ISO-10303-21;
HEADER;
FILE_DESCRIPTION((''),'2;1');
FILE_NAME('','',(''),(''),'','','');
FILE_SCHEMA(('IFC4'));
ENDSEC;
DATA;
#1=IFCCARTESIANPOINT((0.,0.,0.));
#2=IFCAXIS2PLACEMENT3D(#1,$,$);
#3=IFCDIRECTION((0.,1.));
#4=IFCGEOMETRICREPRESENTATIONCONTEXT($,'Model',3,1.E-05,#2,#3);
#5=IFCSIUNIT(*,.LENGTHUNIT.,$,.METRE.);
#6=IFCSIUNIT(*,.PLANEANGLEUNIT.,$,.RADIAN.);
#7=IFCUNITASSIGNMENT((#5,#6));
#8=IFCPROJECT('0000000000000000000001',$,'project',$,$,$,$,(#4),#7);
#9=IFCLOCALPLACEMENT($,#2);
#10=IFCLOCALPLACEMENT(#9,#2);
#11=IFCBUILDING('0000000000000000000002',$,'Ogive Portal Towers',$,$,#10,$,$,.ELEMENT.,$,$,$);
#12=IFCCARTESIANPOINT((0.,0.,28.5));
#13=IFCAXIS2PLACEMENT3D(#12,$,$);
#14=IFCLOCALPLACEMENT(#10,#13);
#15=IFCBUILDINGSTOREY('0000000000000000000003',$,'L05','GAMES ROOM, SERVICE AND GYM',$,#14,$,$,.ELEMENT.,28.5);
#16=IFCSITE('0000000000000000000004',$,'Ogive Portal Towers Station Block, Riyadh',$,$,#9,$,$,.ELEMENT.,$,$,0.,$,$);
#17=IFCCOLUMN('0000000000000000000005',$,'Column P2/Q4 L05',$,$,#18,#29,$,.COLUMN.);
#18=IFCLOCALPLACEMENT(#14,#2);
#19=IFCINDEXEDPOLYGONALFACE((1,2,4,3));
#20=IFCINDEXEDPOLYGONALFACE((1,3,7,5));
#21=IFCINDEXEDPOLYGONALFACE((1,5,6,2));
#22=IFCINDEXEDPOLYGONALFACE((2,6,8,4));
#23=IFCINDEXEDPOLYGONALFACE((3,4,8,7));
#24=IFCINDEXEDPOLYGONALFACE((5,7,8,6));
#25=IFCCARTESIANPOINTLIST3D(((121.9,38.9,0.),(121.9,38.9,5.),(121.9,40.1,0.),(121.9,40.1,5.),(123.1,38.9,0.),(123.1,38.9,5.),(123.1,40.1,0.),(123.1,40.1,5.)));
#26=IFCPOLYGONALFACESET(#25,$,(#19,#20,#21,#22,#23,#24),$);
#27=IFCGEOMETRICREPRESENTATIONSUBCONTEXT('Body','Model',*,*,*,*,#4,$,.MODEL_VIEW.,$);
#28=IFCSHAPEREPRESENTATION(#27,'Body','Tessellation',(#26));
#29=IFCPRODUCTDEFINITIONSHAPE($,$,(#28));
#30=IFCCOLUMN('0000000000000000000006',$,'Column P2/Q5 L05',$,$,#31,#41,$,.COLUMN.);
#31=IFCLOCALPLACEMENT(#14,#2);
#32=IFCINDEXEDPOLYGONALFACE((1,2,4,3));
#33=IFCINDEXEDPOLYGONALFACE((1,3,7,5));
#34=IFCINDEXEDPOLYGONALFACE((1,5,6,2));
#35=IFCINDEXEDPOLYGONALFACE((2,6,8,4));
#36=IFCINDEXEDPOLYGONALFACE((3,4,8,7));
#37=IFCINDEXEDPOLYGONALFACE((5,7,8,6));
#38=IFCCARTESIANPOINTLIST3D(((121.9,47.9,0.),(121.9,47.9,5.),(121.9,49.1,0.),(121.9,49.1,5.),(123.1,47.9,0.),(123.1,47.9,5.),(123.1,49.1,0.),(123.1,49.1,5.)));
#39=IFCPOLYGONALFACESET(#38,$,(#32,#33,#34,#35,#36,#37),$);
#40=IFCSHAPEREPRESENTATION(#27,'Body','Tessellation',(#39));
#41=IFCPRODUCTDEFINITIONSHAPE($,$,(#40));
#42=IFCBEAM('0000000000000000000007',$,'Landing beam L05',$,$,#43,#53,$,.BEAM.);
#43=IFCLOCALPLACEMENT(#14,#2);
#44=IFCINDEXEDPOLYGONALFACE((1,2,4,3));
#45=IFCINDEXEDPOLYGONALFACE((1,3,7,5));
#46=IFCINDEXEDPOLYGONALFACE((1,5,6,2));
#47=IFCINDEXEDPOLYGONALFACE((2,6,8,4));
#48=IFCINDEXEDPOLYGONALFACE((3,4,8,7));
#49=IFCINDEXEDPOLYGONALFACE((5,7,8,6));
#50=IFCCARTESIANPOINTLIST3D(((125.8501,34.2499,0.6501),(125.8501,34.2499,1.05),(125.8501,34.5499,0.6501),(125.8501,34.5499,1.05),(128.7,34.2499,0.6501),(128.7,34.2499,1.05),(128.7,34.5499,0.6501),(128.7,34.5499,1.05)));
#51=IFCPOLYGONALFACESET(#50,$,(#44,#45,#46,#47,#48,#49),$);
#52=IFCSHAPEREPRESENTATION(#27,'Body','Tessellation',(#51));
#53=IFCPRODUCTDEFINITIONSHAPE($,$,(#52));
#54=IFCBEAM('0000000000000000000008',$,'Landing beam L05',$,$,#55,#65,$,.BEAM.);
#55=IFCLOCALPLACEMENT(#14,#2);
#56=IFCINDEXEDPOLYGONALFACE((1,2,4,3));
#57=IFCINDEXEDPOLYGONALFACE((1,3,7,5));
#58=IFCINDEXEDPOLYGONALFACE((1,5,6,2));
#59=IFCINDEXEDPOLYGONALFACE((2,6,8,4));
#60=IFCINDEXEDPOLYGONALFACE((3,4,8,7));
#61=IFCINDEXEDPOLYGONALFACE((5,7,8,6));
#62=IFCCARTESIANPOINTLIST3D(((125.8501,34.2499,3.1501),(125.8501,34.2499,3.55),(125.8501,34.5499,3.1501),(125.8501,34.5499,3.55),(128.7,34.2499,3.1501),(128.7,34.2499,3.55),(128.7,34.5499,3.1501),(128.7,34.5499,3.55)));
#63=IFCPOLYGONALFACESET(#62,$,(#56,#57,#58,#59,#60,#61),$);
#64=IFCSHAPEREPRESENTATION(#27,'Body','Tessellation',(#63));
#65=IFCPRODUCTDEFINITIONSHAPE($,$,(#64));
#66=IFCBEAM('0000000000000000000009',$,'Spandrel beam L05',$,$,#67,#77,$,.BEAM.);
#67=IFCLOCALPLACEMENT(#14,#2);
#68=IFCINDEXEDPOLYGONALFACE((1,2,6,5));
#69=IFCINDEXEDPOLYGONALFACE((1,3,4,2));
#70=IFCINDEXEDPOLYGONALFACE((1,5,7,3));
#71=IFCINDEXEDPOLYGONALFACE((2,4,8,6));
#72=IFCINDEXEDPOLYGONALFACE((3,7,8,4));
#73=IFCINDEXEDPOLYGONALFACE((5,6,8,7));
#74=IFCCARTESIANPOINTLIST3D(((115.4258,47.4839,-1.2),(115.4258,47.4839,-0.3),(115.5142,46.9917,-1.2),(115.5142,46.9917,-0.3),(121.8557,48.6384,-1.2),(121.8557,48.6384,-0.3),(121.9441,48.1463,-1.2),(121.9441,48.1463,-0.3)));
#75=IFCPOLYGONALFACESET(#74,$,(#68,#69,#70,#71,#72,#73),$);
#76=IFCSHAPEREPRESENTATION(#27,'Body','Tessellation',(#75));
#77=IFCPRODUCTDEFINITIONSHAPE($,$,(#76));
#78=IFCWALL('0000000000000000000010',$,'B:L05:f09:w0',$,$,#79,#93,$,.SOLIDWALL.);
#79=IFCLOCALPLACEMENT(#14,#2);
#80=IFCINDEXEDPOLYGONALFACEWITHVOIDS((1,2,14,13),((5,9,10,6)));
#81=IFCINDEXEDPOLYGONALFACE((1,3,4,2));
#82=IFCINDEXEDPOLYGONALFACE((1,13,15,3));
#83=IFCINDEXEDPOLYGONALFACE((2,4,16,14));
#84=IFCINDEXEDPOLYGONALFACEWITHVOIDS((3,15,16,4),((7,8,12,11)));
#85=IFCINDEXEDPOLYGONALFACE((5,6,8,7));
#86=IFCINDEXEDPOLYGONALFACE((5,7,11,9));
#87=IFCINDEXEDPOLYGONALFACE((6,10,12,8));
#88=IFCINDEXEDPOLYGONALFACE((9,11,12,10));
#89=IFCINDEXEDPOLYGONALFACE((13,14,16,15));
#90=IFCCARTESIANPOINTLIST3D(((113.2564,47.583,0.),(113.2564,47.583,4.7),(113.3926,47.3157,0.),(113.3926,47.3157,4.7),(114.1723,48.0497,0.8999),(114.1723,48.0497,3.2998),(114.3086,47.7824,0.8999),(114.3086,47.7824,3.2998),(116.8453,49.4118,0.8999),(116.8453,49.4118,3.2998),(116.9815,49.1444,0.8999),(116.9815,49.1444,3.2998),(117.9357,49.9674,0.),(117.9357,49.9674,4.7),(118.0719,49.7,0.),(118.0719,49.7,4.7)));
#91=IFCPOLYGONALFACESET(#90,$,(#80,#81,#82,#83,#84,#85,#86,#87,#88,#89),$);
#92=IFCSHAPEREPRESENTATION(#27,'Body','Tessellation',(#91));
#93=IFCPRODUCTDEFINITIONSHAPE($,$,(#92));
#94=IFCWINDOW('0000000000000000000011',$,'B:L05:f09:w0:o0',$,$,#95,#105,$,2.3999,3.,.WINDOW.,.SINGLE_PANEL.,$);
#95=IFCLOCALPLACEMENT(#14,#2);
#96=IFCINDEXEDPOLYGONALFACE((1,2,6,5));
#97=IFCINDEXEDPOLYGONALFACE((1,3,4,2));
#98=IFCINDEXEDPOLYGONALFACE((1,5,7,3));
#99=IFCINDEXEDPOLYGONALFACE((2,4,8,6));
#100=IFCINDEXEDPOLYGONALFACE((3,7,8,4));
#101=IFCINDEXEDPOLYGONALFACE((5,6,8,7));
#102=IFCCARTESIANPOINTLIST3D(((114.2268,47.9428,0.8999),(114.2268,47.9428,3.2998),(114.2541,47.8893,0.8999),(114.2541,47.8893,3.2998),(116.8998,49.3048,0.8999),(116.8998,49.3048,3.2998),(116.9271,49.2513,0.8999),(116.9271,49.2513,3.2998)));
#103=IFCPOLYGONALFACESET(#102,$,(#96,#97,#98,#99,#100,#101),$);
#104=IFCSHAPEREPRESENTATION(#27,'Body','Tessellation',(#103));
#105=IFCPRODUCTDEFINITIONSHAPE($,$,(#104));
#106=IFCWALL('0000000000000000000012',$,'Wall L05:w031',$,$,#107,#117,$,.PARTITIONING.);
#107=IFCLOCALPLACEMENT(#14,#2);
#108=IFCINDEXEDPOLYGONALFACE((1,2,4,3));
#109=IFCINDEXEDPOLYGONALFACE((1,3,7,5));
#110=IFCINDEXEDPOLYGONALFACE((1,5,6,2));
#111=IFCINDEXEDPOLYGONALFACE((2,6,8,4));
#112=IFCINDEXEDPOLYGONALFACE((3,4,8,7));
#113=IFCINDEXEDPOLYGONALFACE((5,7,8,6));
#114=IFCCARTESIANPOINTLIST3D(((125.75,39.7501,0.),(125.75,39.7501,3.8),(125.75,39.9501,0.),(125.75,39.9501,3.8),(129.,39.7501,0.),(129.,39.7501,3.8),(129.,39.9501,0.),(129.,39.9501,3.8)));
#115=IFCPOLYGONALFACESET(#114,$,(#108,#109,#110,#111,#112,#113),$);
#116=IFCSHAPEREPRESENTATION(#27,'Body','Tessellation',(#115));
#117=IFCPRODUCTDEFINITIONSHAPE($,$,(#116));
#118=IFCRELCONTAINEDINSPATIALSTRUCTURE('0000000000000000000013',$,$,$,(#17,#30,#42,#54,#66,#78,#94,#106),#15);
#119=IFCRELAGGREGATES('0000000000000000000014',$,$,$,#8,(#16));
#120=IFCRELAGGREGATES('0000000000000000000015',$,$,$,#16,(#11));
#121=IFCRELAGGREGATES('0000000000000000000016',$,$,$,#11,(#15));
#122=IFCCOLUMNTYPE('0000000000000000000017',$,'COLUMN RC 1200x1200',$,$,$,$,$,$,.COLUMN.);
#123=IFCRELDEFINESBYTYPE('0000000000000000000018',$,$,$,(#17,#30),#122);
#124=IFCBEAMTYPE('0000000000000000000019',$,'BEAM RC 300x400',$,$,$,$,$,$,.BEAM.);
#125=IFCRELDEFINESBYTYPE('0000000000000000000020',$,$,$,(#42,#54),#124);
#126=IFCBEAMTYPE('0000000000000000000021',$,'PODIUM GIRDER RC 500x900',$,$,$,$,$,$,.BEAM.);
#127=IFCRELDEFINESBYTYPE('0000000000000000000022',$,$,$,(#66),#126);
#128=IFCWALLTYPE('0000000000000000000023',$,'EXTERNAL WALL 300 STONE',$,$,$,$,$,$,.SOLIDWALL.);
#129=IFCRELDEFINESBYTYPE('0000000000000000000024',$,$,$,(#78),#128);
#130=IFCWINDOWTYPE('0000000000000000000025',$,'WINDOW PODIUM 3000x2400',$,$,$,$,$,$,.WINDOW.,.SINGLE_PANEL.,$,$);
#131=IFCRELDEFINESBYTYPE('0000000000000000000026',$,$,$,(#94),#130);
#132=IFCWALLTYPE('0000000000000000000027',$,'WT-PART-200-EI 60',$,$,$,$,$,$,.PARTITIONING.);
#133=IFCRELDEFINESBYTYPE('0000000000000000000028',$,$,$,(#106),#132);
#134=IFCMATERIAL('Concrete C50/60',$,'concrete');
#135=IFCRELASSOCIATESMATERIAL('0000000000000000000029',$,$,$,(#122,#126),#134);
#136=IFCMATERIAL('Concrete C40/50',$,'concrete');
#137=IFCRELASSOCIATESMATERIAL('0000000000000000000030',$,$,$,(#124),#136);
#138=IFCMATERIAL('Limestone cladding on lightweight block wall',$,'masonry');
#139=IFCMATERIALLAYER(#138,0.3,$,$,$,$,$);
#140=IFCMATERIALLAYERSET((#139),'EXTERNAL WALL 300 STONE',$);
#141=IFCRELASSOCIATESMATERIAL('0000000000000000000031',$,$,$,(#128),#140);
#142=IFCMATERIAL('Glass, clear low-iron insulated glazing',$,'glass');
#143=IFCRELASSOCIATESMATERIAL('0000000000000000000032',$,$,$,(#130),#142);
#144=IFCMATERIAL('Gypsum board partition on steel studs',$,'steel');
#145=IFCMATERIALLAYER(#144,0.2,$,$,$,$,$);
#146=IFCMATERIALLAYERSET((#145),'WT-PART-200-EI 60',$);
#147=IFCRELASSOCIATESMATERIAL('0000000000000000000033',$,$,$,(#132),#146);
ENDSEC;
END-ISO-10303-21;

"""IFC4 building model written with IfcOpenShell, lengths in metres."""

from ifc_helpers import new_model, si_unit, direction, frame, frame_2d, origin, origin_2d, place, context, subcontext, project, spatial, rectangle, extrude, material, layer, layer_set, material_profile, profile_set, type_object, element, fill, save


model = new_model("IFC4")

# Units and contexts
model_context = context("Model", 3, precision=1e-05, world=origin(), true_north=direction((0.0, 1.0)))
body_context = subcontext(model_context, "Body", "Model", "MODEL_VIEW")
ifc_project = project(units=[si_unit("LENGTHUNIT", "METRE"), si_unit("PLANEANGLEUNIT", "RADIAN")], contexts=[model_context])

# Site, building, storey
site_placement = place(None, origin())
site = spatial("IfcSite", under=ifc_project, at=site_placement, Name="Ogive Portal Towers Station Block, Riyadh", CompositionType="ELEMENT", RefElevation=0.0)
building_placement = place(site_placement, origin())
building = spatial("IfcBuilding", under=site, at=building_placement, Name="Ogive Portal Towers", CompositionType="ELEMENT")
storey_placement = place(building_placement, frame((0.0, 0.0, 28.5)))
storey = spatial("IfcBuildingStorey", under=building, at=storey_placement, Name="L05", Description="GAMES ROOM, SERVICE AND GYM", CompositionType="ELEMENT", Elevation=28.5)

# Columns
ifc_material_1 = material(Name="Concrete C50/60", Category="concrete")
ifc_material_profile_1 = material_profile(ifc_material_1, rectangle(XDim=1.2, YDim=1.2, at=origin_2d()), Name="RC 1200x1200")
ifc_profile_set_1 = profile_set([ifc_material_profile_1], Name="Concrete C50/60")
column_type = type_object("IfcColumnType", Name="COLUMN RC 1200x1200", PredefinedType="COLUMN", material=ifc_profile_set_1)
for number, where, z_axis, x_axis, name in (
    (1, (122.5, 39.5, 0.0), (0.0, 0.0, 1.0), (1.0, 0.0, 0.0), "Column P2/Q4 L05"),
    (2, (122.5, 48.5, 0.0), (0.0, 0.0, 1.0), (1.0, 0.0, 0.0), "Column P2/Q5 L05"),
):
    element("IfcColumn", number, at=place(storey_placement, frame(where, z_axis=z_axis, x_axis=x_axis)), inside=storey, type_object=column_type, Name=name, PredefinedType="COLUMN", context=body_context, shape_type="SweptSolid", body=[
        extrude(rectangle(XDim=1.2, YDim=1.2, at=origin_2d()), origin(), (0.0, 0.0, 1.0), 5.0),
    ])

# Beams
ifc_material_2 = material(Name="Concrete C40/50", Category="concrete")
ifc_material_profile_2 = material_profile(ifc_material_2, rectangle(XDim=0.3, YDim=0.3999, at=origin_2d()), Name="RC 300x400")
ifc_profile_set_2 = profile_set([ifc_material_profile_2], Name="Concrete C40/50")
beam_type_1 = type_object("IfcBeamType", Name="BEAM RC 300x400", PredefinedType="BEAM", material=ifc_profile_set_2)
for number, where, z_axis, x_axis, name in (
    (3, (125.8501, 34.3999, 0.8501), (1.0, 0.0, 0.0), (0.0, 1.0, 0.0), "Landing beam L05"),
    (4, (125.8501, 34.3999, 3.3501), (1.0, 0.0, 0.0), (0.0, 1.0, 0.0), "Landing beam L05"),
):
    element("IfcBeam", number, at=place(storey_placement, frame(where, z_axis=z_axis, x_axis=x_axis)), inside=storey, type_object=beam_type_1, Name=name, PredefinedType="BEAM", context=body_context, shape_type="SweptSolid", body=[
        extrude(rectangle(XDim=0.3, YDim=0.3999, at=origin_2d()), origin(), (0.0, 0.0, 1.0), 2.8499),
    ])
ifc_material_profile_3 = material_profile(ifc_material_1, rectangle(XDim=0.5, YDim=0.8999, at=origin_2d()), Name="RC 500x900")
ifc_profile_set_3 = profile_set([ifc_material_profile_3], Name="Concrete C50/60")
beam_type_2 = type_object("IfcBeamType", Name="PODIUM GIRDER RC 500x900", PredefinedType="BEAM", material=ifc_profile_set_3)
beam_placement = place(storey_placement, frame((121.8999, 48.3923, -0.75), z_axis=(-0.984259, -0.176731, 0.0), x_axis=(0.176731, -0.984259, 0.0)))
element("IfcBeam", 5, at=beam_placement, inside=storey, type_object=beam_type_2, Name="Spandrel beam L05", PredefinedType="BEAM", context=body_context, shape_type="SweptSolid", body=[
    extrude(rectangle(XDim=0.5, YDim=0.8999, at=origin_2d()), origin(), (0.0, 0.0, 1.0), 6.5327),
])

# Wall, opening, window
ifc_material_3 = material(Name="Limestone cladding on lightweight block wall", Category="masonry")
ifc_layer_1 = layer(ifc_material_3, 0.3)
ifc_layer_set_1 = layer_set([ifc_layer_1], Name="EXTERNAL WALL 300 STONE")
wall_type_1 = type_object("IfcWallType", Name="EXTERNAL WALL 300 STONE", PredefinedType="SOLIDWALL", material=ifc_layer_set_1)
wall_1_placement = place(storey_placement, frame((118.0039, 49.8337, 0.0), z_axis=(0.0, 0.0, 1.0), x_axis=(-0.890998, -0.454007, 0.0)))
wall_1 = element("IfcWall", 6, at=wall_1_placement, inside=storey, type_object=wall_type_1, Name="B:L05:f09:w0", PredefinedType="SOLIDWALL", context=body_context, shape_type="SweptSolid", body=[
    extrude(rectangle(XDim=5.2517, YDim=0.3, at=frame_2d((2.626, 0.0))), origin(), (0.0, 0.0, 1.0), 4.7),
])
opening_placement = place(wall_1_placement, frame((1.2239, 0.0, 0.8999)))
opening = element("IfcOpeningElement", 7, at=opening_placement, cuts=wall_1, PredefinedType="OPENING", context=body_context, shape_type="SweptSolid", body=[
    extrude(rectangle(XDim=3.0, YDim=2.3999, at=frame_2d((1.5, 1.2))), frame((0.0, 0.1602, 0.0), z_axis=(0.0, -1.0, 0.0), x_axis=(1.0, 0.0, 0.0)), (0.0, 0.0, 1.0), 0.3201),
])
ifc_material_4 = material(Name="Glass, clear low-iron insulated glazing", Category="glass")
window_type = type_object("IfcWindowType", Name="WINDOW PODIUM 3000x2400", PartitioningType="SINGLE_PANEL", PredefinedType="WINDOW", material=ifc_material_4)
window_placement = place(opening_placement, origin())
window = element("IfcWindow", 8, at=window_placement, inside=storey, type_object=window_type, Name="B:L05:f09:w0:o0", OverallHeight=2.3999, OverallWidth=3.0, PartitioningType="SINGLE_PANEL", PredefinedType="WINDOW", context=body_context, shape_type="SweptSolid", body=[
    extrude(rectangle(XDim=3.0, YDim=2.3999, at=frame_2d((1.5, 1.2))), frame((0.0, 0.03, 0.0), z_axis=(0.0, -1.0, 0.0), x_axis=(1.0, 0.0, 0.0)), (0.0, 0.0, 1.0), 0.0601),
])
fill(opening, window)

# Wall
ifc_material_5 = material(Name="Gypsum board partition on steel studs", Category="steel")
ifc_layer_2 = layer(ifc_material_5, 0.2)
ifc_layer_set_2 = layer_set([ifc_layer_2], Name="WT-PART-200-EI 60")
wall_type_2 = type_object("IfcWallType", Name="WT-PART-200-EI 60", PredefinedType="PARTITIONING", material=ifc_layer_set_2)
wall_2_placement = place(storey_placement, frame((125.75, 39.8501, 0.0), z_axis=(0.0, 0.0, 1.0), x_axis=(1.0, 0.0, 0.0)))
element("IfcWall", 9, at=wall_2_placement, inside=storey, type_object=wall_type_2, Name="Wall L05:w031", PredefinedType="PARTITIONING", context=body_context, shape_type="SweptSolid", body=[
    extrude(rectangle(XDim=3.25, YDim=0.2, at=frame_2d((1.625, 0.0))), origin(), (0.0, 0.0, 1.0), 3.8),
])

save(model, "model.ifc")
